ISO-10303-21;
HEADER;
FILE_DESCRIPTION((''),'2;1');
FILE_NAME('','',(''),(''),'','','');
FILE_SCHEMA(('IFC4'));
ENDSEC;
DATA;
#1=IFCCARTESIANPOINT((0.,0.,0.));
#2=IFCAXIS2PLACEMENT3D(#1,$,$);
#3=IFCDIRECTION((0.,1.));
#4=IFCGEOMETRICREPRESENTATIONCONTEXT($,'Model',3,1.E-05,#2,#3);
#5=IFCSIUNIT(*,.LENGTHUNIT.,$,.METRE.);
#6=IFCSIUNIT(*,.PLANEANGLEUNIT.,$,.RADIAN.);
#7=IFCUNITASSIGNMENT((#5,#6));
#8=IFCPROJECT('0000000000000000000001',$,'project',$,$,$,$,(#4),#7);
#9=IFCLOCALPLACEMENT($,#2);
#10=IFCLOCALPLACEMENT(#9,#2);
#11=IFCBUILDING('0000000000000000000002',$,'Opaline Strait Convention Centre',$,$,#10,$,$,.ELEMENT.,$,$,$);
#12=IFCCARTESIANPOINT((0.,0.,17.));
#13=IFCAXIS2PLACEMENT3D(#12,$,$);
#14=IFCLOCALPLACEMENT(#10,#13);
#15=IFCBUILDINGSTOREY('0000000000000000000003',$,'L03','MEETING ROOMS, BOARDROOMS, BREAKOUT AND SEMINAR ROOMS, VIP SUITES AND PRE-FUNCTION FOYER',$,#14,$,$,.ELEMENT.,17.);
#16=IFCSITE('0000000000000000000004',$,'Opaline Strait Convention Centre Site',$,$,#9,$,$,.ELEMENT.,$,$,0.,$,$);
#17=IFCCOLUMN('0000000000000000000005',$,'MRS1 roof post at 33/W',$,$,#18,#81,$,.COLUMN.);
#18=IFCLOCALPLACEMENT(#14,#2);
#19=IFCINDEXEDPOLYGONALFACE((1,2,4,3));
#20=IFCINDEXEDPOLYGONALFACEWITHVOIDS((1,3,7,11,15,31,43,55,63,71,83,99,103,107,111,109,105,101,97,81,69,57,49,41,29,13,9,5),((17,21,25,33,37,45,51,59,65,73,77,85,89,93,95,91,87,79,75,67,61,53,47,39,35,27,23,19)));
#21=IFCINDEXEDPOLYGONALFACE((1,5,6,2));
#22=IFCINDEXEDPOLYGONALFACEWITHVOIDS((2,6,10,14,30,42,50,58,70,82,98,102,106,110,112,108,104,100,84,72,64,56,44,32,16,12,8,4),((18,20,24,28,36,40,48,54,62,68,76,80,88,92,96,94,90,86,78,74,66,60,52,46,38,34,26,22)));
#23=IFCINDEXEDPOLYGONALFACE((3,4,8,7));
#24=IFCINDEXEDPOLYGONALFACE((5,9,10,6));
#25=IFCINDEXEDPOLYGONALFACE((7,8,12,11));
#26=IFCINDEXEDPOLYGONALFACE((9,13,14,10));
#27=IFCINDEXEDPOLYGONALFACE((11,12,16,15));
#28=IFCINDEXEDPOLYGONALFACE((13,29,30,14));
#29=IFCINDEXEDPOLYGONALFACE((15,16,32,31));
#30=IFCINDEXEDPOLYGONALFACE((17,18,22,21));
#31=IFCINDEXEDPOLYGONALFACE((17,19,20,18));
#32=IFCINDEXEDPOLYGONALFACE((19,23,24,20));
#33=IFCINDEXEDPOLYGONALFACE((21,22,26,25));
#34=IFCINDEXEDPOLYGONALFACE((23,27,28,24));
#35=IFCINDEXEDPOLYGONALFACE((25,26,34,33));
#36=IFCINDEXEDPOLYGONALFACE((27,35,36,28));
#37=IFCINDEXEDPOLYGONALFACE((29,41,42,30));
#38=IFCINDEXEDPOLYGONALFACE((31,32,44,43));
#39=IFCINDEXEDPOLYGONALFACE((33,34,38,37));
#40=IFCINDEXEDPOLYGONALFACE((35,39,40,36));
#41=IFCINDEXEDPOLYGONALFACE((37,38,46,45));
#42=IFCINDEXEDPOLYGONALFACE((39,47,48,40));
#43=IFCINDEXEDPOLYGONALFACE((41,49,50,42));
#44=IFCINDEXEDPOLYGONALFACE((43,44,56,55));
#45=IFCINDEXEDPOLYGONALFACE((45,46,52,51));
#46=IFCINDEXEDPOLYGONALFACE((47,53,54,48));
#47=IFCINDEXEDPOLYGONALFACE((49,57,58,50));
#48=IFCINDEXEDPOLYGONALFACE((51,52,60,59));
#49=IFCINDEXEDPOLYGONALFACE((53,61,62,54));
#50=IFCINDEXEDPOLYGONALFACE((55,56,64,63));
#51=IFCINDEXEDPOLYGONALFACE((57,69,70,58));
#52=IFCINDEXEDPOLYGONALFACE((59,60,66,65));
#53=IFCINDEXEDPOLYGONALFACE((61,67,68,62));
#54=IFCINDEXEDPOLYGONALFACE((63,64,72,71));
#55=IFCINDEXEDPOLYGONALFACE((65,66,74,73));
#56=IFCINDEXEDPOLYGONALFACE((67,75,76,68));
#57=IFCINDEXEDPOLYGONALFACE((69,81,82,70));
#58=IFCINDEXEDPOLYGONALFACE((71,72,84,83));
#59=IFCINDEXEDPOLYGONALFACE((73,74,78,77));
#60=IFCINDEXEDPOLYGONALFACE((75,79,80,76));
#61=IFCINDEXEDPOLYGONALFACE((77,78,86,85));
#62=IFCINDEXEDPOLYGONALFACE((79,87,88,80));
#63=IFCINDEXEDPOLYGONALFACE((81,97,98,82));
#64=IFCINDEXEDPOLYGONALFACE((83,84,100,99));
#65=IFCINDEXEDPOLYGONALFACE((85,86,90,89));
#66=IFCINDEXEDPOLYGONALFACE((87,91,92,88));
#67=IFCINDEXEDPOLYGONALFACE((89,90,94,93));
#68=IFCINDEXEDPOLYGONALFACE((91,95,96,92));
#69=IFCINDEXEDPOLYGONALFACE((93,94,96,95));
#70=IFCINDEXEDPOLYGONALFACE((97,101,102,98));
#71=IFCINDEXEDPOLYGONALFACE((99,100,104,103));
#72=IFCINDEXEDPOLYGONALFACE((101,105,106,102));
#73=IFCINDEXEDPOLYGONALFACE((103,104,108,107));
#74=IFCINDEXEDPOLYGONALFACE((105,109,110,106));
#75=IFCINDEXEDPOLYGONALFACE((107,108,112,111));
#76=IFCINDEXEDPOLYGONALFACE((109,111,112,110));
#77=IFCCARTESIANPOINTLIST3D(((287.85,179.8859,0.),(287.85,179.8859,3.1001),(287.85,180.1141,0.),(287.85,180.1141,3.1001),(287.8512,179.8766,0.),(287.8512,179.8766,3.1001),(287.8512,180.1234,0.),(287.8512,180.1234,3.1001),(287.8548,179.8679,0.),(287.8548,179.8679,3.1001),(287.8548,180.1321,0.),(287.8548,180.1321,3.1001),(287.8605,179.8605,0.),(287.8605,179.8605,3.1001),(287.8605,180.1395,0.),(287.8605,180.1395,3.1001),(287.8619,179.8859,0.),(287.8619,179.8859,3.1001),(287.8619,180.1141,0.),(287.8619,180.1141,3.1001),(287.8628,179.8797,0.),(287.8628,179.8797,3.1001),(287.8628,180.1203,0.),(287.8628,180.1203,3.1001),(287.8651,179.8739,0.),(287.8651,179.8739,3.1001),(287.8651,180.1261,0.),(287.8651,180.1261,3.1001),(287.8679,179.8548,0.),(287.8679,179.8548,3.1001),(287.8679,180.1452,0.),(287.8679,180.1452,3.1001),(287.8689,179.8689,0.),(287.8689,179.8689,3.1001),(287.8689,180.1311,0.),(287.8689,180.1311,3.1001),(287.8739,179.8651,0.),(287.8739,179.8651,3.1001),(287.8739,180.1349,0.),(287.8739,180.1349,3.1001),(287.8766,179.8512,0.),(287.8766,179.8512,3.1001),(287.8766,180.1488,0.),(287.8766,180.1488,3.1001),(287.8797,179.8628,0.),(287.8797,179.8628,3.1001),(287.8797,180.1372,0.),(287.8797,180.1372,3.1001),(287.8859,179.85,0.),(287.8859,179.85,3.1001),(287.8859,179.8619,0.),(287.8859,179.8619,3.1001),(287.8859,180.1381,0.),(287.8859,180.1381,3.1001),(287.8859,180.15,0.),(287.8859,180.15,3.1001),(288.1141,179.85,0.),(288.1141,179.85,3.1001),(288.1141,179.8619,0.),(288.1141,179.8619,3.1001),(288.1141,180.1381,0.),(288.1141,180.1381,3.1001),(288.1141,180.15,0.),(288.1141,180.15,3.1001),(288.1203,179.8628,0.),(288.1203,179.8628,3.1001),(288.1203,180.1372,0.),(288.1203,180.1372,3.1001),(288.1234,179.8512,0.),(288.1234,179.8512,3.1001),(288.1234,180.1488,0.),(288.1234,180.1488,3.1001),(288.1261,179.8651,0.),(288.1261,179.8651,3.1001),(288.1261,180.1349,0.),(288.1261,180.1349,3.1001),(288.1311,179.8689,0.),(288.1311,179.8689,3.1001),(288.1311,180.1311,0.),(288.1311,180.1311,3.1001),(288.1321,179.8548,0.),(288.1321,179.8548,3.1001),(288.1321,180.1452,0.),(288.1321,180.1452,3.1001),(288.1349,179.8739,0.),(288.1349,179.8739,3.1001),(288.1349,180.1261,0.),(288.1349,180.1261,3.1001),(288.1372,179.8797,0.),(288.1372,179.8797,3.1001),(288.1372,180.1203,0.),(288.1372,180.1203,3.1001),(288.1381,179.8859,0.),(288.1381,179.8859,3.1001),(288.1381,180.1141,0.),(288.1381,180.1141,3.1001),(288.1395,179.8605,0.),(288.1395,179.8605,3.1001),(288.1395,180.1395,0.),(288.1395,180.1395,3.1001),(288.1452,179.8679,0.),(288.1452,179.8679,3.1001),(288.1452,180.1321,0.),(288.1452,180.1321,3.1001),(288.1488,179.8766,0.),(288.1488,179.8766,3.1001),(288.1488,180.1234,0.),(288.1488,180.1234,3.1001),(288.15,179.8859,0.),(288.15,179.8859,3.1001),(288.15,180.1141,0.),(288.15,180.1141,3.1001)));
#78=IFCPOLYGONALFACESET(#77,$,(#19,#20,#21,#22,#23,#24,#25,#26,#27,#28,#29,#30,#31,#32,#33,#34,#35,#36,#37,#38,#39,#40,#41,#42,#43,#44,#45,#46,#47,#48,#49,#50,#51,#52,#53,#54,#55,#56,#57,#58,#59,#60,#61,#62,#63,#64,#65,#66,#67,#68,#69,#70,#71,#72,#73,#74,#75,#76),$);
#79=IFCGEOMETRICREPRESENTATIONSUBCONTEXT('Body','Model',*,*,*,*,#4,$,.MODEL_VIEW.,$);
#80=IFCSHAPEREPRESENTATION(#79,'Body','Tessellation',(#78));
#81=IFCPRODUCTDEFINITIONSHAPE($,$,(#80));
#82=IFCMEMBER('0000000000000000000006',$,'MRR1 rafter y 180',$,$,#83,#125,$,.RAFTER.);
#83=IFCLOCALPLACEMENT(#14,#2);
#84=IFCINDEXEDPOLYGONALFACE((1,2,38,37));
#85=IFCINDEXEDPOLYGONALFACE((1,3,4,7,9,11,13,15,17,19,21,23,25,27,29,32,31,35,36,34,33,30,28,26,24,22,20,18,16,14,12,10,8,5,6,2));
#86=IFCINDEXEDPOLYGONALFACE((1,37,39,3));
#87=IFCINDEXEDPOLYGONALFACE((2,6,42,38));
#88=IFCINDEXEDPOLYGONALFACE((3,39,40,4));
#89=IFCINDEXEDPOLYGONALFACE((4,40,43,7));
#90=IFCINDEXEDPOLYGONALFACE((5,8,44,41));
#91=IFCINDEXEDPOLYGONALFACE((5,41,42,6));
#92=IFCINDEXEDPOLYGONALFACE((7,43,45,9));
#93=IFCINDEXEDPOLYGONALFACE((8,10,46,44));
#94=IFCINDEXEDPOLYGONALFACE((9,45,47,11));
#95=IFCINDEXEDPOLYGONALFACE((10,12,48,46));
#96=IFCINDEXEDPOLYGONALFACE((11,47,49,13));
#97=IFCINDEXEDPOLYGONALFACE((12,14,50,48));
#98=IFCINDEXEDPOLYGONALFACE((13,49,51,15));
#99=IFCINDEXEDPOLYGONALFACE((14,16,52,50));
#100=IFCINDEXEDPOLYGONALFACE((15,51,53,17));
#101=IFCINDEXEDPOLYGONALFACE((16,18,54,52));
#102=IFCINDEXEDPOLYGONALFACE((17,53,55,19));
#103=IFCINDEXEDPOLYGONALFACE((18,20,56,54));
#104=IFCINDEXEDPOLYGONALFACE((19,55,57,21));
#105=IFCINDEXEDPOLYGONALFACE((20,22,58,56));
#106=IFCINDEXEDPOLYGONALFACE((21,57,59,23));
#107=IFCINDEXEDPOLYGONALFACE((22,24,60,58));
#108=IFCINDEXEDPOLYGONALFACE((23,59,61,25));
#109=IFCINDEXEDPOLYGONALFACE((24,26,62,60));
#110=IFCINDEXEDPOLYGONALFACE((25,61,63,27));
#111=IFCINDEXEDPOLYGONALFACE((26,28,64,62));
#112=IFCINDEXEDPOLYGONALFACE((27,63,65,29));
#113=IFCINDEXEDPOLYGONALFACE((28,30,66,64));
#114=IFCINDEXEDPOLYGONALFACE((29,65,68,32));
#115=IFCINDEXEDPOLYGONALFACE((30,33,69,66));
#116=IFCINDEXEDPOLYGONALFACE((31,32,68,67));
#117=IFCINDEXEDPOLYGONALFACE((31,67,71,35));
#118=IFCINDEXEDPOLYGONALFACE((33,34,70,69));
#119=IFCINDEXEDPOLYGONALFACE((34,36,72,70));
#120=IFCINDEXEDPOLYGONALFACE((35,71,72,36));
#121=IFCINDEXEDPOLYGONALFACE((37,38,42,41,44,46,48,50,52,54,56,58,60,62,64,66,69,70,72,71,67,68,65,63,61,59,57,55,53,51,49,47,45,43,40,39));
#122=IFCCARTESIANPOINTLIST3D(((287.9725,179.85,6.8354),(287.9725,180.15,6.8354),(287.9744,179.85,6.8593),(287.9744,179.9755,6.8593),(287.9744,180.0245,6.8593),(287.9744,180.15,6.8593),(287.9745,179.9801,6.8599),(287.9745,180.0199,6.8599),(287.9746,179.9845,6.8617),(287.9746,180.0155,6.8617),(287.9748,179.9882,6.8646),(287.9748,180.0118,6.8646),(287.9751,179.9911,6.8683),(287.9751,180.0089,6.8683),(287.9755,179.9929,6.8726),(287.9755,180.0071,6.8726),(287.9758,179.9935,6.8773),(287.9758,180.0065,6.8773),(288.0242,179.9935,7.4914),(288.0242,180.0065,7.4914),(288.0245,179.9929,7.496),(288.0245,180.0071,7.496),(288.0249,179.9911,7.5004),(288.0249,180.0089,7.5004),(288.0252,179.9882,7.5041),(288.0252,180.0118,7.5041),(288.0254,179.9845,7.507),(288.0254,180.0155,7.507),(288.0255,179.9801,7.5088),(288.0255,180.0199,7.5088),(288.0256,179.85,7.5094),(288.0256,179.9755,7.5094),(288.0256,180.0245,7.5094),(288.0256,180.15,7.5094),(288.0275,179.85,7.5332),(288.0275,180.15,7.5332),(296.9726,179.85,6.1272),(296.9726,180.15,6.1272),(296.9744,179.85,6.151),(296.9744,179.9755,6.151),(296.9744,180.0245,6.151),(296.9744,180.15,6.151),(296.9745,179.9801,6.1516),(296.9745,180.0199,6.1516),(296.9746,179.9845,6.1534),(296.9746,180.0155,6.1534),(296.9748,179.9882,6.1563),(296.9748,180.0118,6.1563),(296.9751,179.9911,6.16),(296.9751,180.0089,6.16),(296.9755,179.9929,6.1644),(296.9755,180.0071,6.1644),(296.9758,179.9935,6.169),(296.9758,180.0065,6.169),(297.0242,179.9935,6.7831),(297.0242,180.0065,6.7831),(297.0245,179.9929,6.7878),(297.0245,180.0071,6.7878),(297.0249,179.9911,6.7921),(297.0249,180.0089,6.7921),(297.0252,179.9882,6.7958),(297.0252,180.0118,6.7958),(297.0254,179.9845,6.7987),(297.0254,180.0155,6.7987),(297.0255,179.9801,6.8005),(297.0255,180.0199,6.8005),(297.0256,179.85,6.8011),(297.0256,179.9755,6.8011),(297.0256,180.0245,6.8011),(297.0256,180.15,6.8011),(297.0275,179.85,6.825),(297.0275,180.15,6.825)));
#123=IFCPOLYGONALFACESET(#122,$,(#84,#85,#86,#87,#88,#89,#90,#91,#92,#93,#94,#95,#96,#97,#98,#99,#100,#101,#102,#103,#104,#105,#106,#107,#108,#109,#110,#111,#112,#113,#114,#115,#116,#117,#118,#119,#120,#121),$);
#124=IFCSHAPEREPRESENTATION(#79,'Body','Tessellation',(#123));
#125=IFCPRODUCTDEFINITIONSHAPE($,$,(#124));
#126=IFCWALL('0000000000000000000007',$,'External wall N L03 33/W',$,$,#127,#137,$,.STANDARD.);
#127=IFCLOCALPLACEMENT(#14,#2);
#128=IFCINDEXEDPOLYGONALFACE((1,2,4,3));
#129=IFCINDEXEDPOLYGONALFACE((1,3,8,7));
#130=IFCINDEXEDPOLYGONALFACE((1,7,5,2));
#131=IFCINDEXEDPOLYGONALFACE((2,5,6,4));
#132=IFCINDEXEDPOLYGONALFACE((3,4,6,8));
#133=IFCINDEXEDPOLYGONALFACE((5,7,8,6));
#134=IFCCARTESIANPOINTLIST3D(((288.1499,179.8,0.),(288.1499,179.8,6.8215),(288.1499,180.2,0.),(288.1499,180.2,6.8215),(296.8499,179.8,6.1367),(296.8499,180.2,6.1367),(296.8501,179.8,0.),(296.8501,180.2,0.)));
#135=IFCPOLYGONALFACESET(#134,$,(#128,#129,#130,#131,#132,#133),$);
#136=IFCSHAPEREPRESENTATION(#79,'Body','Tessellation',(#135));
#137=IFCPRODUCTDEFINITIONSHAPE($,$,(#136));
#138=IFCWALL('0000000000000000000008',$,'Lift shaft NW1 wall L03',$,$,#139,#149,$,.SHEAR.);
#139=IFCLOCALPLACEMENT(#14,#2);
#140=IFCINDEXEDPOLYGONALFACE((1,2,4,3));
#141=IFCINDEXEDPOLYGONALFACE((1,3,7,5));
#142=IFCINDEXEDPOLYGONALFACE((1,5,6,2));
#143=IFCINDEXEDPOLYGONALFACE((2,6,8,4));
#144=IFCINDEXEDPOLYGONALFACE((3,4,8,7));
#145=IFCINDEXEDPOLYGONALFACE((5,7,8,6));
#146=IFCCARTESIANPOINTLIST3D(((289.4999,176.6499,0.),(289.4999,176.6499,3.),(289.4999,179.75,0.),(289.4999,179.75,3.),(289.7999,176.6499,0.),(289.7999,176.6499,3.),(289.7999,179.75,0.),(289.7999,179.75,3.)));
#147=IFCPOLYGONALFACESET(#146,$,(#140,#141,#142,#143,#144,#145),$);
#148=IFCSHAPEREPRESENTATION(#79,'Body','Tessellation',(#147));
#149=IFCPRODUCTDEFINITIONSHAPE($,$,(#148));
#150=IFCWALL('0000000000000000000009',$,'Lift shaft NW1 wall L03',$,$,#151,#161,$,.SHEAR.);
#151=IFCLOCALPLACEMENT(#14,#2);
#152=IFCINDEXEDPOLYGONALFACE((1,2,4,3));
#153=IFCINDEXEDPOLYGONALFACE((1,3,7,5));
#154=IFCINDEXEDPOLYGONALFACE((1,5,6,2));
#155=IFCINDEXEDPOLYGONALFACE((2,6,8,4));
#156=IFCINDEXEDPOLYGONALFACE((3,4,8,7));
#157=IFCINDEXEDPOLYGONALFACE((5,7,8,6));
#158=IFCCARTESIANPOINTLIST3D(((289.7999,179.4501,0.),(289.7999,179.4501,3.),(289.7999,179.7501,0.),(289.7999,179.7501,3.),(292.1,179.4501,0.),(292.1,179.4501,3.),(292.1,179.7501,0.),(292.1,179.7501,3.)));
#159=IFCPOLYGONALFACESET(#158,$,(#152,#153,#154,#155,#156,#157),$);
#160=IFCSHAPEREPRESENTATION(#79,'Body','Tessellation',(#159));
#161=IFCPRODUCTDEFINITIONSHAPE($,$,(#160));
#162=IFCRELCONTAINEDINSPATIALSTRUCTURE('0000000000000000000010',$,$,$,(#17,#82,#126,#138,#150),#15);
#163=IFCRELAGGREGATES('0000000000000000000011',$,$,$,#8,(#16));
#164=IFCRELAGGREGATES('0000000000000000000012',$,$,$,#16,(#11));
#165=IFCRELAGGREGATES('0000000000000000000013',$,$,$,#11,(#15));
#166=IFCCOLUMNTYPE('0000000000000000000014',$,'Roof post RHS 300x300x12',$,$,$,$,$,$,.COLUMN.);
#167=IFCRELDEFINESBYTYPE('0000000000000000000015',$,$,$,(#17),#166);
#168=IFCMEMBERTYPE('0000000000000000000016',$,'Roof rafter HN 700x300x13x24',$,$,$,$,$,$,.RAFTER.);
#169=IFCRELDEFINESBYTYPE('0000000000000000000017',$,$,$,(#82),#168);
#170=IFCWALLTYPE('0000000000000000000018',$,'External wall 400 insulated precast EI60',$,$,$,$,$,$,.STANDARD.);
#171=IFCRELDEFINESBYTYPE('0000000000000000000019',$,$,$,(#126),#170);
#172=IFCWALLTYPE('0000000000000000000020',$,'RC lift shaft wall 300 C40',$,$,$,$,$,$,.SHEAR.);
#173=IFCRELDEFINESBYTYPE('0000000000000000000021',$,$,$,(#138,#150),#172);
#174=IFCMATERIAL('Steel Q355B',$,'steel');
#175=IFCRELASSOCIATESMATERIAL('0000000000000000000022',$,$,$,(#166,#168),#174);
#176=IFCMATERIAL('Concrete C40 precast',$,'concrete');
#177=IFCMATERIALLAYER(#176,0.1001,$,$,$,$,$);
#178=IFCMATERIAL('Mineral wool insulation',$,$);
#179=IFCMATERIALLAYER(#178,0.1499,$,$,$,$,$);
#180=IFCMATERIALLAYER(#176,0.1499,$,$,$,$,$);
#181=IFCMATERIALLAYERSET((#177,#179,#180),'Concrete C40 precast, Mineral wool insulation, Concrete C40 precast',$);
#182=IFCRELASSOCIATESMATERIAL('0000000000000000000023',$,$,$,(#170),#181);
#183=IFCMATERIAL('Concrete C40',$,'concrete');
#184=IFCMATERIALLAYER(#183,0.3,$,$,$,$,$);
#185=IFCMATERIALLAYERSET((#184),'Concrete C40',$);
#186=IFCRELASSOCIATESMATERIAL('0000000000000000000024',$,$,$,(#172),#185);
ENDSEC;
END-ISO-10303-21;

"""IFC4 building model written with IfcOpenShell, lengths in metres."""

from ifc_helpers import new_model, si_unit, direction, frame, frame_2d, origin, origin_2d, place, context, subcontext, project, spatial, polyline, rectangle, hollow_rectangle, i_section, outline, extrude, material, layer, layer_set, material_profile, profile_set, type_object, element, save


model = new_model("IFC4")

# Units and contexts
model_context = context("Model", 3, precision=1e-05, world=origin(), true_north=direction((0.0, 1.0)))
body_context = subcontext(model_context, "Body", "Model", "MODEL_VIEW")
ifc_project = project(units=[si_unit("LENGTHUNIT", "METRE"), si_unit("PLANEANGLEUNIT", "RADIAN")], contexts=[model_context])

# Site, building, storey
site_placement = place(None, origin())
site = spatial("IfcSite", under=ifc_project, at=site_placement, Name="Opaline Strait Convention Centre Site", CompositionType="ELEMENT", RefElevation=0.0)
building_placement = place(site_placement, origin())
building = spatial("IfcBuilding", under=site, at=building_placement, Name="Opaline Strait Convention Centre", CompositionType="ELEMENT")
storey_placement = place(building_placement, frame((0.0, 0.0, 17.0)))
storey = spatial("IfcBuildingStorey", under=building, at=storey_placement, Name="L03", Description="MEETING ROOMS, BOARDROOMS, BREAKOUT AND SEMINAR ROOMS, VIP SUITES AND PRE-FUNCTION FOYER", CompositionType="ELEMENT", Elevation=17.0)

# Column
ifc_material_1 = material(Name="Steel Q355B", Category="steel")
ifc_material_profile_1 = material_profile(ifc_material_1, hollow_rectangle(XDim=0.3, YDim=0.3, WallThickness=0.012, InnerFilletRadius=0.0239, OuterFilletRadius=0.0359, at=origin_2d()), Name="RHS 300x300x12")
ifc_profile_set_1 = profile_set([ifc_material_profile_1], Name="Steel Q355B")
column_type = type_object("IfcColumnType", Name="Roof post RHS 300x300x12", PredefinedType="COLUMN", material=ifc_profile_set_1)
column_placement = place(storey_placement, frame((288.0, 180.0, 0.0), z_axis=(0.0, 0.0, 1.0), x_axis=(1.0, 0.0, 0.0)))
element("IfcColumn", 1, at=column_placement, inside=storey, type_object=column_type, Name="MRS1 roof post at 33/W", PredefinedType="COLUMN", context=body_context, shape_type="SweptSolid", body=[
    extrude(hollow_rectangle(XDim=0.3, YDim=0.3, WallThickness=0.012, InnerFilletRadius=0.0239, OuterFilletRadius=0.0359, at=origin_2d()), origin(), (0.0, 0.0, 1.0), 3.1001),
])

# Member
ifc_material_profile_2 = material_profile(ifc_material_1, i_section(OverallWidth=0.3, OverallDepth=0.7, WebThickness=0.0129, FlangeThickness=0.0239, FilletRadius=0.0181, at=origin_2d()), Name="HN 700x300x13x24")
ifc_profile_set_2 = profile_set([ifc_material_profile_2], Name="Steel Q355B")
member_type = type_object("IfcMemberType", Name="Roof rafter HN 700x300x13x24", PredefinedType="RAFTER", material=ifc_profile_set_2)
member_placement = place(storey_placement, frame((288.0, 180.0, 7.1843), z_axis=(0.996918, 0.0, -0.078452), x_axis=(0.0, 1.0, 0.0)))
element("IfcMember", 2, at=member_placement, inside=storey, type_object=member_type, Name="MRR1 rafter y 180", PredefinedType="RAFTER", context=body_context, shape_type="SweptSolid", body=[
    extrude(i_section(OverallWidth=0.3, OverallDepth=0.7, WebThickness=0.0129, FlangeThickness=0.0239, FilletRadius=0.0181, at=origin_2d()), origin(), (0.0, 0.0, 1.0), 9.0278),
])

# Wall
ifc_material_2 = material(Name="Concrete C40 precast", Category="concrete")
ifc_layer_1 = layer(ifc_material_2, 0.1001)
ifc_material_3 = material(Name="Mineral wool insulation")
ifc_layer_2 = layer(ifc_material_3, 0.1499)
ifc_layer_3 = layer(ifc_material_2, 0.1499)
ifc_layer_set_1 = layer_set([ifc_layer_1, ifc_layer_2, ifc_layer_3], Name="Concrete C40 precast, Mineral wool insulation, Concrete C40 precast")
wall_type_1 = type_object("IfcWallType", Name="External wall 400 insulated precast EI60", PredefinedType="STANDARD", material=ifc_layer_set_1)
wall_1_placement = place(storey_placement, frame((288.1499, 180.0, 0.0), z_axis=(0.0, 0.0, 1.0), x_axis=(1.0, 0.0, 0.0)))
element("IfcWall", 3, at=wall_1_placement, inside=storey, type_object=wall_type_1, Name="External wall N L03 33/W", PredefinedType="STANDARD", context=body_context, shape_type="SweptSolid", body=[
    extrude(outline(polyline([(0.0, 0.0), (8.7002, 0.0), (8.7, 6.1367), (0.0, 6.8215), (0.0, 0.0)])), frame((0.0, 0.2, 0.0), z_axis=(0.0, -1.0, 0.0), x_axis=(1.0, 0.0, 0.0)), (0.0, 0.0, 1.0), 0.3999),
])

# Shared definitions
ifc_material_4 = material(Name="Concrete C40", Category="concrete")

# Walls
ifc_layer_4 = layer(ifc_material_4, 0.3)
ifc_layer_set_2 = layer_set([ifc_layer_4], Name="Concrete C40")
wall_type_2 = type_object("IfcWallType", Name="RC lift shaft wall 300 C40", PredefinedType="SHEAR", material=ifc_layer_set_2)
wall_2_placement = place(storey_placement, frame((289.6499, 176.6499, 0.0), z_axis=(0.0, 0.0, 1.0), x_axis=(0.0, 1.0, 0.0)))
element("IfcWall", 4, at=wall_2_placement, inside=storey, type_object=wall_type_2, Name="Lift shaft NW1 wall L03", PredefinedType="SHEAR", context=body_context, shape_type="SweptSolid", body=[
    extrude(rectangle(XDim=3.1001, YDim=0.3, at=frame_2d((1.55, 0.0))), origin(), (0.0, 0.0, 1.0), 3.0),
])
wall_3_placement = place(storey_placement, frame((289.8, 179.6001, 0.0), z_axis=(0.0, 0.0, 1.0), x_axis=(1.0, 0.0, 0.0)))
element("IfcWall", 5, at=wall_3_placement, inside=storey, type_object=wall_type_2, Name="Lift shaft NW1 wall L03", PredefinedType="SHEAR", context=body_context, shape_type="SweptSolid", body=[
    extrude(rectangle(XDim=2.3, YDim=0.3, at=frame_2d((1.1499, 0.0))), origin(), (0.0, 0.0, 1.0), 3.0),
])

save(model, "model.ifc")
